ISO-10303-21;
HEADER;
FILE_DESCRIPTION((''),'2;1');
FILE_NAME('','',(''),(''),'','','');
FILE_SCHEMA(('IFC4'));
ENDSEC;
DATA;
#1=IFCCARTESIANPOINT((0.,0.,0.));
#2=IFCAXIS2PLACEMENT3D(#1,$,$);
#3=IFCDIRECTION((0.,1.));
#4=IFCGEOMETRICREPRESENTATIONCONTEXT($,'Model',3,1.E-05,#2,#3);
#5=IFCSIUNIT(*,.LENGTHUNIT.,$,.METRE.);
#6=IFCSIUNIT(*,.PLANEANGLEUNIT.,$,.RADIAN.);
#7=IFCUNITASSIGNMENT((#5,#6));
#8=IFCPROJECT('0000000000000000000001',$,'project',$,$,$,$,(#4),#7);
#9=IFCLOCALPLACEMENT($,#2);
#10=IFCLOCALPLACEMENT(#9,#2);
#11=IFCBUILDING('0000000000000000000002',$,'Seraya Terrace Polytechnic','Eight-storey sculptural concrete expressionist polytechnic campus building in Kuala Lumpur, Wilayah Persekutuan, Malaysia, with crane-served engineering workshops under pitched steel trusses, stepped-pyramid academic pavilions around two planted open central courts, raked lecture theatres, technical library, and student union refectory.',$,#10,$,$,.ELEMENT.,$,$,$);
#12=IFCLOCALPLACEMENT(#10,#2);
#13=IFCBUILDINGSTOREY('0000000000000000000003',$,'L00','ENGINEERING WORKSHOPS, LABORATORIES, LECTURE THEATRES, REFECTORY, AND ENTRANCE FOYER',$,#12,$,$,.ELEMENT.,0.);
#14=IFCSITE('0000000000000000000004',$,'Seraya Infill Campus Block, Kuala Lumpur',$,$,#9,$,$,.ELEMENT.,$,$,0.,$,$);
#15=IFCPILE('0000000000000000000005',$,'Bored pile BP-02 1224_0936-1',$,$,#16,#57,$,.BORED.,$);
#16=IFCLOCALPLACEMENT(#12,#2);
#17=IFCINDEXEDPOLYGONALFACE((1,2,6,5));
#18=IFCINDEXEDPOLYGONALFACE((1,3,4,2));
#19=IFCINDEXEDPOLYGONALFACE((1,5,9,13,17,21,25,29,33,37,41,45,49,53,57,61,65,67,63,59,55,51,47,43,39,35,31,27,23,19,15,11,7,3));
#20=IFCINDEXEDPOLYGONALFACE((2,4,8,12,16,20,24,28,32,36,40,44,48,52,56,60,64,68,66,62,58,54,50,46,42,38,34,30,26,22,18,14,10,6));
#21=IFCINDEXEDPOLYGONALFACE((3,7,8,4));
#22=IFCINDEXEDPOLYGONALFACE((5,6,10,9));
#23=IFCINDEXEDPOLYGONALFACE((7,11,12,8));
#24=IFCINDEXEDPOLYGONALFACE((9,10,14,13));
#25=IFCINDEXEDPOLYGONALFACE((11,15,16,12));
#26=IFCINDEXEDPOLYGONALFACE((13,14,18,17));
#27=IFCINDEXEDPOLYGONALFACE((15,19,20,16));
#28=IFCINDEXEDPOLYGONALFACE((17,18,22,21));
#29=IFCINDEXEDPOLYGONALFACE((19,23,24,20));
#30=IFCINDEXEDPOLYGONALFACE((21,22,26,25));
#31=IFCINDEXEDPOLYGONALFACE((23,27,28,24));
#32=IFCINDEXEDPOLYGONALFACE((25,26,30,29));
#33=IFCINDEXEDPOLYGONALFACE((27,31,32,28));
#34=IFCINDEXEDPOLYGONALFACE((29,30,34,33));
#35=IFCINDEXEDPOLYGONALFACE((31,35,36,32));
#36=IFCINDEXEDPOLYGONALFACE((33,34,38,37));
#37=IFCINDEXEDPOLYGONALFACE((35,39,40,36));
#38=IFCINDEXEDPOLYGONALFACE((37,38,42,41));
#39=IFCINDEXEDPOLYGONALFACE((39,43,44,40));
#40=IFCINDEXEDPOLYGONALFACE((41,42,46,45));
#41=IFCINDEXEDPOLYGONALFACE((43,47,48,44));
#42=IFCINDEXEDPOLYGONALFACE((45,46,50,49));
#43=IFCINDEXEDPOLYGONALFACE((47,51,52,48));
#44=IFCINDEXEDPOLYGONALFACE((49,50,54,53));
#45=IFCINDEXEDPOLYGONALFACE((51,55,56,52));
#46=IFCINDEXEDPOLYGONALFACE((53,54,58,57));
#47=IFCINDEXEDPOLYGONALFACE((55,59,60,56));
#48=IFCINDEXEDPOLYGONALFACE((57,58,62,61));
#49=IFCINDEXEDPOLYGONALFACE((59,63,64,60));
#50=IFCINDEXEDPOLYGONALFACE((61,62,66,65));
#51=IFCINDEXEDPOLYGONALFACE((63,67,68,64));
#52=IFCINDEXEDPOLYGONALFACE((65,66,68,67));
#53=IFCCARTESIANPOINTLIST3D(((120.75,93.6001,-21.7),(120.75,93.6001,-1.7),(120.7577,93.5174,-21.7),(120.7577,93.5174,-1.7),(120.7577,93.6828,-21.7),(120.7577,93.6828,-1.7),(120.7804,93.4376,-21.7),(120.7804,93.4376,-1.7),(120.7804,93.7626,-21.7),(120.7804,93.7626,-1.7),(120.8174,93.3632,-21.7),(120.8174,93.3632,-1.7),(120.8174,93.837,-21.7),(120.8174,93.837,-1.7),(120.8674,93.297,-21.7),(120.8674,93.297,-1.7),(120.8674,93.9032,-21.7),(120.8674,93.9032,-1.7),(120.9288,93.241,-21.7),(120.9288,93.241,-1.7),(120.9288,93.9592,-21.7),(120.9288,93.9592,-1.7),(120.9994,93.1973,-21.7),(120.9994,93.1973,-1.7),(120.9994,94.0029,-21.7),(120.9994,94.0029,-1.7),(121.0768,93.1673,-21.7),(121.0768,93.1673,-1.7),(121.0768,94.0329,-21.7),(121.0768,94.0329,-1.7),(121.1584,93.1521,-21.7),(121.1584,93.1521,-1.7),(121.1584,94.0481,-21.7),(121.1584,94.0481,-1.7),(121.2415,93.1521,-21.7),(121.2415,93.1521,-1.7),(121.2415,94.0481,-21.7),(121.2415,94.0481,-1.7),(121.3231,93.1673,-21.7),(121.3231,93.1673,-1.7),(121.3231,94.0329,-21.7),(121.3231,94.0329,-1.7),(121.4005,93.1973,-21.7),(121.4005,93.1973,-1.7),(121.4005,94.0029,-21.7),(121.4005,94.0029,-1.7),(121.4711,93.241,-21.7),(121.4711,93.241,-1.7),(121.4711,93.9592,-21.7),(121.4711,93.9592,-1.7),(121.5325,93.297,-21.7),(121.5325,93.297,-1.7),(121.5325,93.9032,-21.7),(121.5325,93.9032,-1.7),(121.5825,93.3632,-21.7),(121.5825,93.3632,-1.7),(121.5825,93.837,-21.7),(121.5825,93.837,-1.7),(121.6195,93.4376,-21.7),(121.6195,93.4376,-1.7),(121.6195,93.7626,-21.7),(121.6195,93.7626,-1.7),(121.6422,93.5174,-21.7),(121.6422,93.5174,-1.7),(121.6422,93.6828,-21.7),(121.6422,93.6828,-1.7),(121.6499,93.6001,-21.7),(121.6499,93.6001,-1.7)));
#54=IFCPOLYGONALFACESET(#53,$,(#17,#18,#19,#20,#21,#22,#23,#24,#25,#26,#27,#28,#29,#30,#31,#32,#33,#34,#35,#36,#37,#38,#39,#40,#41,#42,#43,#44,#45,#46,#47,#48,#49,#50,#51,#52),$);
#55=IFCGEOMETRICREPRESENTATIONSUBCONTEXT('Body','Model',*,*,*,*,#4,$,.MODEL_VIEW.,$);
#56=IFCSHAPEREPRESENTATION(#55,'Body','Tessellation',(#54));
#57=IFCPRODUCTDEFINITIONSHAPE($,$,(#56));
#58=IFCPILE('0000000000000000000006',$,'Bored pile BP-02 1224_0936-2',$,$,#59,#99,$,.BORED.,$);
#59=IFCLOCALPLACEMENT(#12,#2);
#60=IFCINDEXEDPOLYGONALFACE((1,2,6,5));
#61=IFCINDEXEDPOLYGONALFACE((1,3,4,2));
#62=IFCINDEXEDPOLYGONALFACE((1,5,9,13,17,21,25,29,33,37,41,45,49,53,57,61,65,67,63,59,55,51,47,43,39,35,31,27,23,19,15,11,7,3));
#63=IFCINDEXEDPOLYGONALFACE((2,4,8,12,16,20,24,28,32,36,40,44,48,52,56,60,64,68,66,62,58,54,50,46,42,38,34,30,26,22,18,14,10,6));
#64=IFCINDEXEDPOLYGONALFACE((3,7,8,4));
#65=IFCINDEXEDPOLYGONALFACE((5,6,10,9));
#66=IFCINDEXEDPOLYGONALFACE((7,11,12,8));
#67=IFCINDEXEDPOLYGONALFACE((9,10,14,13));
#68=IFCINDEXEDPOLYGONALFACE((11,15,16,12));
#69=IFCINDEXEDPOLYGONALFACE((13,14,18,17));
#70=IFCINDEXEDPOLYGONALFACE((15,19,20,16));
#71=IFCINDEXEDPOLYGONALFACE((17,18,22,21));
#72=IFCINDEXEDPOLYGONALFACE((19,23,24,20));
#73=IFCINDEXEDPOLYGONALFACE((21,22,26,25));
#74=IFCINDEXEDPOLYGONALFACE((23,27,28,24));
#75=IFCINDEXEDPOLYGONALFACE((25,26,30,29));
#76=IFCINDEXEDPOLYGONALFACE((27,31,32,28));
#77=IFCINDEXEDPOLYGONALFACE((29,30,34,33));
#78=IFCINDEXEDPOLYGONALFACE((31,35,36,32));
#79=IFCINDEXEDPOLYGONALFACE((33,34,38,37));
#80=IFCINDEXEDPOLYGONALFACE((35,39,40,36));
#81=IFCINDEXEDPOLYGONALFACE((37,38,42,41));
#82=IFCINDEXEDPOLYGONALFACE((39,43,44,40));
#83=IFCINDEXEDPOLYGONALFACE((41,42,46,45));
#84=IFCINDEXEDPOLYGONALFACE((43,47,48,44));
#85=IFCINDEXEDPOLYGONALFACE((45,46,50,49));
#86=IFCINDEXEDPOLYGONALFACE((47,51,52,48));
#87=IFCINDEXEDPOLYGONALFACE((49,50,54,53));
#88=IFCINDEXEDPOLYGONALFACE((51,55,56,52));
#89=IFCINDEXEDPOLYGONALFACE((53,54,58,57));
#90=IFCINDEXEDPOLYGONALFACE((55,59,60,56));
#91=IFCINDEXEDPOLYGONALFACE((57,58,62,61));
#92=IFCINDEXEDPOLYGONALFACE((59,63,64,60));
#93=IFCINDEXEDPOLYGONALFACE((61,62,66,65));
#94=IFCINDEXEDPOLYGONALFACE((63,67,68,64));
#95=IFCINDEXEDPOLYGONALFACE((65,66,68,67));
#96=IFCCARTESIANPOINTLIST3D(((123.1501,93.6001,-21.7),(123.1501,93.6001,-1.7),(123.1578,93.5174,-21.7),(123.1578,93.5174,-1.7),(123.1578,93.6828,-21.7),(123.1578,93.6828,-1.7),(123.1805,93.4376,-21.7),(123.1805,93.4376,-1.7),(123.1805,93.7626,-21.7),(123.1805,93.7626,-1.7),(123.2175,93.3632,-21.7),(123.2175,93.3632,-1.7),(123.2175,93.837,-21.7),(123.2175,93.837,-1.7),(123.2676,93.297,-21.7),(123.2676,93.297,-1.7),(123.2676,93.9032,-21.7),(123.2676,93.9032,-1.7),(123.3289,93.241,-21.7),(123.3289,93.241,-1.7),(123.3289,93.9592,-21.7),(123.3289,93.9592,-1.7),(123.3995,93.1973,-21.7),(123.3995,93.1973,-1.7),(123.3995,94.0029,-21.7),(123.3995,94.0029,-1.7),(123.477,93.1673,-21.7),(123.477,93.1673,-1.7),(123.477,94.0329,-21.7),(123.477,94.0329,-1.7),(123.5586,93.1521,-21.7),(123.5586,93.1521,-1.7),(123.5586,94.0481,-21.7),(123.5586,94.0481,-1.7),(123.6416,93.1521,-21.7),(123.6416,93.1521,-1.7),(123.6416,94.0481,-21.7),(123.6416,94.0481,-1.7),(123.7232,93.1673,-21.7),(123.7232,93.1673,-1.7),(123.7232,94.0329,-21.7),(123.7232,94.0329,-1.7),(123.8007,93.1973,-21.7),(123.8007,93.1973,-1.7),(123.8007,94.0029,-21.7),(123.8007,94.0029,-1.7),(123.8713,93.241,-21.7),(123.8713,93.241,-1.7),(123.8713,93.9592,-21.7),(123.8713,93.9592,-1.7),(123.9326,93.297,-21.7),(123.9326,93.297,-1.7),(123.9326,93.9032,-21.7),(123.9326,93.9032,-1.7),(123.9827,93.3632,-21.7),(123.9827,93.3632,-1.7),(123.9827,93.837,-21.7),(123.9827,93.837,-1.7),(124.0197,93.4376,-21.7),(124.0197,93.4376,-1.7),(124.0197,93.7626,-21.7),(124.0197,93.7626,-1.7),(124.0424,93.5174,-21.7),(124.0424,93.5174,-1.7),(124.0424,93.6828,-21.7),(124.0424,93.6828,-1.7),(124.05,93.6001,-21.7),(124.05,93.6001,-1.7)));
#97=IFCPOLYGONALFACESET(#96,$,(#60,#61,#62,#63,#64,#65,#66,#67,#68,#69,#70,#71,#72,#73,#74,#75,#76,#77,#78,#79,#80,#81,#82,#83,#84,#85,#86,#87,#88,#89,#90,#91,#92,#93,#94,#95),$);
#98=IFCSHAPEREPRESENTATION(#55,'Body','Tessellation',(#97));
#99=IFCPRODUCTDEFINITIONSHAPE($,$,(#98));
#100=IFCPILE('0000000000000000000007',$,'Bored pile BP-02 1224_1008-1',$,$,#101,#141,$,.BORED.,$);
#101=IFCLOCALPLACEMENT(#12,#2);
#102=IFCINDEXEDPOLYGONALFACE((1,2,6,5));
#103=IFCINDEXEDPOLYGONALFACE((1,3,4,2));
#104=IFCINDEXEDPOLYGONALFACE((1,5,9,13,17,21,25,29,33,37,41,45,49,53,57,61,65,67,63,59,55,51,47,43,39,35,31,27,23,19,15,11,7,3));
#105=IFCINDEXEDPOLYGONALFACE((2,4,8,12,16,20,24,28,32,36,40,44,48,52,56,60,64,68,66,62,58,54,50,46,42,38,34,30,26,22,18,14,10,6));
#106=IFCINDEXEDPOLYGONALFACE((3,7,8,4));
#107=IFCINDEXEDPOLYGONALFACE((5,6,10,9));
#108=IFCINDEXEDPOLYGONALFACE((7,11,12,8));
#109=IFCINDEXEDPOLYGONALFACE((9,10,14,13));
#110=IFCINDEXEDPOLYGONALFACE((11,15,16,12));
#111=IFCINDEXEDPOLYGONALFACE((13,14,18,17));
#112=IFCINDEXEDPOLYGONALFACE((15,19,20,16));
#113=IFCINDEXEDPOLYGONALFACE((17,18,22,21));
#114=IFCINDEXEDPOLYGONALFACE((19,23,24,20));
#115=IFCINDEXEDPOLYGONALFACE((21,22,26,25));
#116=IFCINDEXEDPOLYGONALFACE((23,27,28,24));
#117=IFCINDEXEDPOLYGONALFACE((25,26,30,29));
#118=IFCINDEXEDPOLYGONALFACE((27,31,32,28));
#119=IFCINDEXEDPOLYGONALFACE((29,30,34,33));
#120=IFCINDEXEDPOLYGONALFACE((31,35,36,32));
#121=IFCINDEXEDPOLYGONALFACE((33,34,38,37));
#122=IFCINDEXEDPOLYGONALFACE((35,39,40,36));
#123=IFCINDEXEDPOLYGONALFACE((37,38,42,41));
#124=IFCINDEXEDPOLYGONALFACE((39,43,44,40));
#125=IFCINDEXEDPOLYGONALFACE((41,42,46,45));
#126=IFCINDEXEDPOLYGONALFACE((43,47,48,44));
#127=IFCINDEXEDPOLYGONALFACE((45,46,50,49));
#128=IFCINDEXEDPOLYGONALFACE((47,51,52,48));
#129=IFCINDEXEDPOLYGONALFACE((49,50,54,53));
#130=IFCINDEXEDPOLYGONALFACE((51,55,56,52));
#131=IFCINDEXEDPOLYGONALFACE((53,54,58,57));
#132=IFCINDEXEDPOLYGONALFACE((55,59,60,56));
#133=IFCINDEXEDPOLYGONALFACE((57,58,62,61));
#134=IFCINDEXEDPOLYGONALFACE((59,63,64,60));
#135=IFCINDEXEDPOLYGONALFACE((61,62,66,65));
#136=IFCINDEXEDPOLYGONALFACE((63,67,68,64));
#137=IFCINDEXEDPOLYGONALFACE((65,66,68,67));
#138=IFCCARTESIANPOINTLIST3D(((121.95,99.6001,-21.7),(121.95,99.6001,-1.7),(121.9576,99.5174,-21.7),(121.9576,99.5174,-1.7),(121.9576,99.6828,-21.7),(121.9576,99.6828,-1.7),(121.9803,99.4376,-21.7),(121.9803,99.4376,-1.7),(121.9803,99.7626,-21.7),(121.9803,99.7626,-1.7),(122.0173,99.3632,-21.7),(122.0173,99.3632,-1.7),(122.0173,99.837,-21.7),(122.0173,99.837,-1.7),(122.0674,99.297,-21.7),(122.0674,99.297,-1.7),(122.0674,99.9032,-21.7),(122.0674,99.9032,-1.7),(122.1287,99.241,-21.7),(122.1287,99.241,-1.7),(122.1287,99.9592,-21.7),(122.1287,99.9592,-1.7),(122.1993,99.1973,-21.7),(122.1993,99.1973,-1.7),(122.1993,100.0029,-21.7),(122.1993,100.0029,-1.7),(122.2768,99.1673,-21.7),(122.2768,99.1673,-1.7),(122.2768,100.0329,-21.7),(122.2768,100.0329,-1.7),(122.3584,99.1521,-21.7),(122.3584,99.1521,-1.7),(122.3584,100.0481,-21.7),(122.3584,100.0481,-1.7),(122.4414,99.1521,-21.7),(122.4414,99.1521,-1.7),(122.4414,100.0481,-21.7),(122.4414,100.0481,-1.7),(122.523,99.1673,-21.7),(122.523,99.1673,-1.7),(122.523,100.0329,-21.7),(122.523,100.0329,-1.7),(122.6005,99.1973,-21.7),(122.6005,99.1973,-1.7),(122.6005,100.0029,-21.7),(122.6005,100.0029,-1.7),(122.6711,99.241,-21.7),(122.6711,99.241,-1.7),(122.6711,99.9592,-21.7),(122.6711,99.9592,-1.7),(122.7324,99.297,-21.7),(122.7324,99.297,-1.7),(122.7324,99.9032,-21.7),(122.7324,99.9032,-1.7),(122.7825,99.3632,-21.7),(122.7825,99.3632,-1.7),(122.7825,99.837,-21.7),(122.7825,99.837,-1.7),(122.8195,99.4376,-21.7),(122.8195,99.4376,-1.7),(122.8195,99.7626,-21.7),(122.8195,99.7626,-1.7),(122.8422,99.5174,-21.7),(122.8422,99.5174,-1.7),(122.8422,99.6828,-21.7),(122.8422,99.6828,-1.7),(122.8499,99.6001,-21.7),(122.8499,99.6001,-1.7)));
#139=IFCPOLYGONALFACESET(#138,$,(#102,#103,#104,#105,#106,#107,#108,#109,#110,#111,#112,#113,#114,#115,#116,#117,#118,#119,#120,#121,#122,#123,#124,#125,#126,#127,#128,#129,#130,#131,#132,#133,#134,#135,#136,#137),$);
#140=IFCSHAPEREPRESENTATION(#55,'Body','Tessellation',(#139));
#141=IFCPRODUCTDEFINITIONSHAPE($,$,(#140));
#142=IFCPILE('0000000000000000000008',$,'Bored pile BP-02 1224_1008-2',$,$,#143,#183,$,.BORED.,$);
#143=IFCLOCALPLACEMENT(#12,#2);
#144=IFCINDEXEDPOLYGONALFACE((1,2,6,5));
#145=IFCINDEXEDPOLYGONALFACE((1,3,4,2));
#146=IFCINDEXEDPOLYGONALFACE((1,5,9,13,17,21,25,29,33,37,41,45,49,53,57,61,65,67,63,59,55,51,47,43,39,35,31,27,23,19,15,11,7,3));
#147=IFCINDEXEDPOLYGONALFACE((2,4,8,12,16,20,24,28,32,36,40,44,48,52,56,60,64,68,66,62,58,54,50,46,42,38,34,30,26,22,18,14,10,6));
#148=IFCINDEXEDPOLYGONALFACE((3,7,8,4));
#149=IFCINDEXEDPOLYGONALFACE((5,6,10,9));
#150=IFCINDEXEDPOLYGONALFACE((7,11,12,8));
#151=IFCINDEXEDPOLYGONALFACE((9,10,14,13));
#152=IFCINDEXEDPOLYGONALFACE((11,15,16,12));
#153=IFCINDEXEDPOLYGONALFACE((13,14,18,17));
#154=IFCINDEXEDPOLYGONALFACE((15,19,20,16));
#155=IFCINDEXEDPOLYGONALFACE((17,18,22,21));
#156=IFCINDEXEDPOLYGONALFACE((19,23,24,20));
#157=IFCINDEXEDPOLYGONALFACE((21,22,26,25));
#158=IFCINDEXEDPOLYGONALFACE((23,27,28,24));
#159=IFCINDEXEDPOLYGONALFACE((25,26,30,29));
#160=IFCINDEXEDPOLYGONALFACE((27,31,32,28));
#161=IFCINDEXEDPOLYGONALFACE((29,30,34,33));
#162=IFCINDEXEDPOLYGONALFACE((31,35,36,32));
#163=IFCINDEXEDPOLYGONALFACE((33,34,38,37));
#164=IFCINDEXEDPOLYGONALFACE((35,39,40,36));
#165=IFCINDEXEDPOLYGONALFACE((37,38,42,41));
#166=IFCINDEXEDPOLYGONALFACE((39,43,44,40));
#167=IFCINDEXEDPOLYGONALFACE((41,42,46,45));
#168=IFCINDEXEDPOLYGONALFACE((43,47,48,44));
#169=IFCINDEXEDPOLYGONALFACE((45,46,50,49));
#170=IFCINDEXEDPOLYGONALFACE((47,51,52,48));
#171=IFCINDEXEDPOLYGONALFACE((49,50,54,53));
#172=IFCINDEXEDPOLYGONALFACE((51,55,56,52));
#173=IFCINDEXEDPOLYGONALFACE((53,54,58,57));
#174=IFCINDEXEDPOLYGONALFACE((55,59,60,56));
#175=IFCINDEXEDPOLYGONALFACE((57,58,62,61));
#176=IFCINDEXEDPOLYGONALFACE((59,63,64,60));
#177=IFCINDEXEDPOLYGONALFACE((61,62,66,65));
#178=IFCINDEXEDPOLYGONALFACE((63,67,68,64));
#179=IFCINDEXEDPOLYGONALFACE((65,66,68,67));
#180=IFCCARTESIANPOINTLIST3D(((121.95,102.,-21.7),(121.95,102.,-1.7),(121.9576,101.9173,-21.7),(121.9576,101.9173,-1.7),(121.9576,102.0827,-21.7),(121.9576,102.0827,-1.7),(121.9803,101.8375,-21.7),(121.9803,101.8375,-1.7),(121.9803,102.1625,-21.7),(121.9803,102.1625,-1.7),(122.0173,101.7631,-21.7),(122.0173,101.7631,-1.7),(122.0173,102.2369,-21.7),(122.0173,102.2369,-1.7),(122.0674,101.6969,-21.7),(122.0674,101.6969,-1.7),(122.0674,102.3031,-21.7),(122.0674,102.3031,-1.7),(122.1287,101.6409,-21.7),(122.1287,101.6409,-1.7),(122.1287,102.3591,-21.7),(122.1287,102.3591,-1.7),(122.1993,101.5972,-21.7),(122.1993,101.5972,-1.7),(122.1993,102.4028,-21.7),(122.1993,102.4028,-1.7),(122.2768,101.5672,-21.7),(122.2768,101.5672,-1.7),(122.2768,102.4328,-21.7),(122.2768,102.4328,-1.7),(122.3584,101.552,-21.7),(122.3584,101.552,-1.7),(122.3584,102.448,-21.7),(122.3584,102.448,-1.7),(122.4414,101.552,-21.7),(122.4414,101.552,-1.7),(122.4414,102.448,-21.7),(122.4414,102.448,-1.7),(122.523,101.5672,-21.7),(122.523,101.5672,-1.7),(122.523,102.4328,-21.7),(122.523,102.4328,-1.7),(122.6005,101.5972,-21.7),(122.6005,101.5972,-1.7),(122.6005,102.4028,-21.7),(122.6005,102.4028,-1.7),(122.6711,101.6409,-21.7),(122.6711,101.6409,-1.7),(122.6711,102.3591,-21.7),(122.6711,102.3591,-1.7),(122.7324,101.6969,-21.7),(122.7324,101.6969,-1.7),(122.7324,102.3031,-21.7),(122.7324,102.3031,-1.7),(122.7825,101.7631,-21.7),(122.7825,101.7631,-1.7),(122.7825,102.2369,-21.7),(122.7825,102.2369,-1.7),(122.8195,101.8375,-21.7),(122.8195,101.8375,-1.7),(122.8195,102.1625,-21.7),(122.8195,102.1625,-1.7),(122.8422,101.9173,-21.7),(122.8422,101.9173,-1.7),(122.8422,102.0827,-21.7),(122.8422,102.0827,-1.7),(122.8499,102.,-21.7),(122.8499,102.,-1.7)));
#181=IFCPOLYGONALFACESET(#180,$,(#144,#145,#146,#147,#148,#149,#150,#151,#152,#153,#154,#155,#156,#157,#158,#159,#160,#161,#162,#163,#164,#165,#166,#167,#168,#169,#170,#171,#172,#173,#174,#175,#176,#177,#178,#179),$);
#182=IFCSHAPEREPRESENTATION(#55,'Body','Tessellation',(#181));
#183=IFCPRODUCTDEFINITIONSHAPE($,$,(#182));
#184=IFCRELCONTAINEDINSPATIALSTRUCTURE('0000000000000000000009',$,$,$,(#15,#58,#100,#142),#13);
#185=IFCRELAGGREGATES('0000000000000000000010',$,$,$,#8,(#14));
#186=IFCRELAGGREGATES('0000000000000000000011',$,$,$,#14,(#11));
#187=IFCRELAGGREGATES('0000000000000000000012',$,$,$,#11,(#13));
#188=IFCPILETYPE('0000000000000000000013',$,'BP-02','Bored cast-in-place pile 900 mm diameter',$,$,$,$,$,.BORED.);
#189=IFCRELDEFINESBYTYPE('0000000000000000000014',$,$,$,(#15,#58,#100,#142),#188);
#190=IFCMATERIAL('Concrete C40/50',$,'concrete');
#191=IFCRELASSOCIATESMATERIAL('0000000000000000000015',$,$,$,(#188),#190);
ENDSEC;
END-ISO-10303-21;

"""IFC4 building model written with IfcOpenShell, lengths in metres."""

from ifc_helpers import new_model, si_unit, direction, frame, origin, origin_2d, place, context, subcontext, project, spatial, circle, extrude, material, material_profile, profile_set, type_object, element, save


model = new_model("IFC4")

# Units and contexts
model_context = context("Model", 3, precision=1e-05, world=origin(), true_north=direction((0.0, 1.0)))
body_context = subcontext(model_context, "Body", "Model", "MODEL_VIEW")
ifc_project = project(units=[si_unit("LENGTHUNIT", "METRE"), si_unit("PLANEANGLEUNIT", "RADIAN")], contexts=[model_context])

# Site, building, storey
site_placement = place(None, origin())
site = spatial("IfcSite", under=ifc_project, at=site_placement, Name="Seraya Infill Campus Block, Kuala Lumpur", CompositionType="ELEMENT", RefElevation=0.0)
building_placement = place(site_placement, origin())
building = spatial("IfcBuilding", under=site, at=building_placement, Name="Seraya Terrace Polytechnic", Description="Eight-storey sculptural concrete expressionist polytechnic campus building in Kuala Lumpur, Wilayah Persekutuan, Malaysia, with crane-served engineering workshops under pitched steel trusses, stepped-pyramid academic pavilions around two planted open central courts, raked lecture theatres, technical library, and student union refectory.", CompositionType="ELEMENT")
storey_placement = place(building_placement, origin())
storey = spatial("IfcBuildingStorey", under=building, at=storey_placement, Name="L00", Description="ENGINEERING WORKSHOPS, LABORATORIES, LECTURE THEATRES, REFECTORY, AND ENTRANCE FOYER", CompositionType="ELEMENT", Elevation=0.0)

# Piles
ifc_material = material(Name="Concrete C40/50", Category="concrete")
ifc_material_profile_1 = material_profile(ifc_material, circle(Radius=0.45, at=origin_2d()), Name="DIA 900")
ifc_profile_set_1 = profile_set([ifc_material_profile_1], Name="Concrete C40/50")
pile_type_1 = type_object("IfcPileType", Name="BP-02", Description="Bored cast-in-place pile 900 mm diameter", PredefinedType="BORED", material=ifc_profile_set_1)
for number, where, z_axis, x_axis, name in (
    (1, (121.2, 93.6001, -1.7), (0.0, 0.0, -1.0), (1.0, 0.0, 0.0), "Bored pile BP-02 1224_0936-1"),
    (2, (123.6001, 93.6001, -1.7), (0.0, 0.0, -1.0), (1.0, 0.0, 0.0), "Bored pile BP-02 1224_0936-2"),
    (3, (122.3999, 99.6001, -1.7), (0.0, 0.0, -1.0), (1.0, 0.0, 0.0), "Bored pile BP-02 1224_1008-1"),
    (4, (122.3999, 102.0, -1.7), (0.0, 0.0, -1.0), (1.0, 0.0, 0.0), "Bored pile BP-02 1224_1008-2"),
):
    element("IfcPile", number, at=place(storey_placement, frame(where, z_axis=z_axis, x_axis=x_axis)), inside=storey, type_object=pile_type_1, Name=name, PredefinedType="BORED", context=body_context, shape_type="SweptSolid", body=[
        extrude(circle(Radius=0.45, at=origin_2d()), origin(), (0.0, 0.0, 1.0), 20.0),
    ])

save(model, "model.ifc")
